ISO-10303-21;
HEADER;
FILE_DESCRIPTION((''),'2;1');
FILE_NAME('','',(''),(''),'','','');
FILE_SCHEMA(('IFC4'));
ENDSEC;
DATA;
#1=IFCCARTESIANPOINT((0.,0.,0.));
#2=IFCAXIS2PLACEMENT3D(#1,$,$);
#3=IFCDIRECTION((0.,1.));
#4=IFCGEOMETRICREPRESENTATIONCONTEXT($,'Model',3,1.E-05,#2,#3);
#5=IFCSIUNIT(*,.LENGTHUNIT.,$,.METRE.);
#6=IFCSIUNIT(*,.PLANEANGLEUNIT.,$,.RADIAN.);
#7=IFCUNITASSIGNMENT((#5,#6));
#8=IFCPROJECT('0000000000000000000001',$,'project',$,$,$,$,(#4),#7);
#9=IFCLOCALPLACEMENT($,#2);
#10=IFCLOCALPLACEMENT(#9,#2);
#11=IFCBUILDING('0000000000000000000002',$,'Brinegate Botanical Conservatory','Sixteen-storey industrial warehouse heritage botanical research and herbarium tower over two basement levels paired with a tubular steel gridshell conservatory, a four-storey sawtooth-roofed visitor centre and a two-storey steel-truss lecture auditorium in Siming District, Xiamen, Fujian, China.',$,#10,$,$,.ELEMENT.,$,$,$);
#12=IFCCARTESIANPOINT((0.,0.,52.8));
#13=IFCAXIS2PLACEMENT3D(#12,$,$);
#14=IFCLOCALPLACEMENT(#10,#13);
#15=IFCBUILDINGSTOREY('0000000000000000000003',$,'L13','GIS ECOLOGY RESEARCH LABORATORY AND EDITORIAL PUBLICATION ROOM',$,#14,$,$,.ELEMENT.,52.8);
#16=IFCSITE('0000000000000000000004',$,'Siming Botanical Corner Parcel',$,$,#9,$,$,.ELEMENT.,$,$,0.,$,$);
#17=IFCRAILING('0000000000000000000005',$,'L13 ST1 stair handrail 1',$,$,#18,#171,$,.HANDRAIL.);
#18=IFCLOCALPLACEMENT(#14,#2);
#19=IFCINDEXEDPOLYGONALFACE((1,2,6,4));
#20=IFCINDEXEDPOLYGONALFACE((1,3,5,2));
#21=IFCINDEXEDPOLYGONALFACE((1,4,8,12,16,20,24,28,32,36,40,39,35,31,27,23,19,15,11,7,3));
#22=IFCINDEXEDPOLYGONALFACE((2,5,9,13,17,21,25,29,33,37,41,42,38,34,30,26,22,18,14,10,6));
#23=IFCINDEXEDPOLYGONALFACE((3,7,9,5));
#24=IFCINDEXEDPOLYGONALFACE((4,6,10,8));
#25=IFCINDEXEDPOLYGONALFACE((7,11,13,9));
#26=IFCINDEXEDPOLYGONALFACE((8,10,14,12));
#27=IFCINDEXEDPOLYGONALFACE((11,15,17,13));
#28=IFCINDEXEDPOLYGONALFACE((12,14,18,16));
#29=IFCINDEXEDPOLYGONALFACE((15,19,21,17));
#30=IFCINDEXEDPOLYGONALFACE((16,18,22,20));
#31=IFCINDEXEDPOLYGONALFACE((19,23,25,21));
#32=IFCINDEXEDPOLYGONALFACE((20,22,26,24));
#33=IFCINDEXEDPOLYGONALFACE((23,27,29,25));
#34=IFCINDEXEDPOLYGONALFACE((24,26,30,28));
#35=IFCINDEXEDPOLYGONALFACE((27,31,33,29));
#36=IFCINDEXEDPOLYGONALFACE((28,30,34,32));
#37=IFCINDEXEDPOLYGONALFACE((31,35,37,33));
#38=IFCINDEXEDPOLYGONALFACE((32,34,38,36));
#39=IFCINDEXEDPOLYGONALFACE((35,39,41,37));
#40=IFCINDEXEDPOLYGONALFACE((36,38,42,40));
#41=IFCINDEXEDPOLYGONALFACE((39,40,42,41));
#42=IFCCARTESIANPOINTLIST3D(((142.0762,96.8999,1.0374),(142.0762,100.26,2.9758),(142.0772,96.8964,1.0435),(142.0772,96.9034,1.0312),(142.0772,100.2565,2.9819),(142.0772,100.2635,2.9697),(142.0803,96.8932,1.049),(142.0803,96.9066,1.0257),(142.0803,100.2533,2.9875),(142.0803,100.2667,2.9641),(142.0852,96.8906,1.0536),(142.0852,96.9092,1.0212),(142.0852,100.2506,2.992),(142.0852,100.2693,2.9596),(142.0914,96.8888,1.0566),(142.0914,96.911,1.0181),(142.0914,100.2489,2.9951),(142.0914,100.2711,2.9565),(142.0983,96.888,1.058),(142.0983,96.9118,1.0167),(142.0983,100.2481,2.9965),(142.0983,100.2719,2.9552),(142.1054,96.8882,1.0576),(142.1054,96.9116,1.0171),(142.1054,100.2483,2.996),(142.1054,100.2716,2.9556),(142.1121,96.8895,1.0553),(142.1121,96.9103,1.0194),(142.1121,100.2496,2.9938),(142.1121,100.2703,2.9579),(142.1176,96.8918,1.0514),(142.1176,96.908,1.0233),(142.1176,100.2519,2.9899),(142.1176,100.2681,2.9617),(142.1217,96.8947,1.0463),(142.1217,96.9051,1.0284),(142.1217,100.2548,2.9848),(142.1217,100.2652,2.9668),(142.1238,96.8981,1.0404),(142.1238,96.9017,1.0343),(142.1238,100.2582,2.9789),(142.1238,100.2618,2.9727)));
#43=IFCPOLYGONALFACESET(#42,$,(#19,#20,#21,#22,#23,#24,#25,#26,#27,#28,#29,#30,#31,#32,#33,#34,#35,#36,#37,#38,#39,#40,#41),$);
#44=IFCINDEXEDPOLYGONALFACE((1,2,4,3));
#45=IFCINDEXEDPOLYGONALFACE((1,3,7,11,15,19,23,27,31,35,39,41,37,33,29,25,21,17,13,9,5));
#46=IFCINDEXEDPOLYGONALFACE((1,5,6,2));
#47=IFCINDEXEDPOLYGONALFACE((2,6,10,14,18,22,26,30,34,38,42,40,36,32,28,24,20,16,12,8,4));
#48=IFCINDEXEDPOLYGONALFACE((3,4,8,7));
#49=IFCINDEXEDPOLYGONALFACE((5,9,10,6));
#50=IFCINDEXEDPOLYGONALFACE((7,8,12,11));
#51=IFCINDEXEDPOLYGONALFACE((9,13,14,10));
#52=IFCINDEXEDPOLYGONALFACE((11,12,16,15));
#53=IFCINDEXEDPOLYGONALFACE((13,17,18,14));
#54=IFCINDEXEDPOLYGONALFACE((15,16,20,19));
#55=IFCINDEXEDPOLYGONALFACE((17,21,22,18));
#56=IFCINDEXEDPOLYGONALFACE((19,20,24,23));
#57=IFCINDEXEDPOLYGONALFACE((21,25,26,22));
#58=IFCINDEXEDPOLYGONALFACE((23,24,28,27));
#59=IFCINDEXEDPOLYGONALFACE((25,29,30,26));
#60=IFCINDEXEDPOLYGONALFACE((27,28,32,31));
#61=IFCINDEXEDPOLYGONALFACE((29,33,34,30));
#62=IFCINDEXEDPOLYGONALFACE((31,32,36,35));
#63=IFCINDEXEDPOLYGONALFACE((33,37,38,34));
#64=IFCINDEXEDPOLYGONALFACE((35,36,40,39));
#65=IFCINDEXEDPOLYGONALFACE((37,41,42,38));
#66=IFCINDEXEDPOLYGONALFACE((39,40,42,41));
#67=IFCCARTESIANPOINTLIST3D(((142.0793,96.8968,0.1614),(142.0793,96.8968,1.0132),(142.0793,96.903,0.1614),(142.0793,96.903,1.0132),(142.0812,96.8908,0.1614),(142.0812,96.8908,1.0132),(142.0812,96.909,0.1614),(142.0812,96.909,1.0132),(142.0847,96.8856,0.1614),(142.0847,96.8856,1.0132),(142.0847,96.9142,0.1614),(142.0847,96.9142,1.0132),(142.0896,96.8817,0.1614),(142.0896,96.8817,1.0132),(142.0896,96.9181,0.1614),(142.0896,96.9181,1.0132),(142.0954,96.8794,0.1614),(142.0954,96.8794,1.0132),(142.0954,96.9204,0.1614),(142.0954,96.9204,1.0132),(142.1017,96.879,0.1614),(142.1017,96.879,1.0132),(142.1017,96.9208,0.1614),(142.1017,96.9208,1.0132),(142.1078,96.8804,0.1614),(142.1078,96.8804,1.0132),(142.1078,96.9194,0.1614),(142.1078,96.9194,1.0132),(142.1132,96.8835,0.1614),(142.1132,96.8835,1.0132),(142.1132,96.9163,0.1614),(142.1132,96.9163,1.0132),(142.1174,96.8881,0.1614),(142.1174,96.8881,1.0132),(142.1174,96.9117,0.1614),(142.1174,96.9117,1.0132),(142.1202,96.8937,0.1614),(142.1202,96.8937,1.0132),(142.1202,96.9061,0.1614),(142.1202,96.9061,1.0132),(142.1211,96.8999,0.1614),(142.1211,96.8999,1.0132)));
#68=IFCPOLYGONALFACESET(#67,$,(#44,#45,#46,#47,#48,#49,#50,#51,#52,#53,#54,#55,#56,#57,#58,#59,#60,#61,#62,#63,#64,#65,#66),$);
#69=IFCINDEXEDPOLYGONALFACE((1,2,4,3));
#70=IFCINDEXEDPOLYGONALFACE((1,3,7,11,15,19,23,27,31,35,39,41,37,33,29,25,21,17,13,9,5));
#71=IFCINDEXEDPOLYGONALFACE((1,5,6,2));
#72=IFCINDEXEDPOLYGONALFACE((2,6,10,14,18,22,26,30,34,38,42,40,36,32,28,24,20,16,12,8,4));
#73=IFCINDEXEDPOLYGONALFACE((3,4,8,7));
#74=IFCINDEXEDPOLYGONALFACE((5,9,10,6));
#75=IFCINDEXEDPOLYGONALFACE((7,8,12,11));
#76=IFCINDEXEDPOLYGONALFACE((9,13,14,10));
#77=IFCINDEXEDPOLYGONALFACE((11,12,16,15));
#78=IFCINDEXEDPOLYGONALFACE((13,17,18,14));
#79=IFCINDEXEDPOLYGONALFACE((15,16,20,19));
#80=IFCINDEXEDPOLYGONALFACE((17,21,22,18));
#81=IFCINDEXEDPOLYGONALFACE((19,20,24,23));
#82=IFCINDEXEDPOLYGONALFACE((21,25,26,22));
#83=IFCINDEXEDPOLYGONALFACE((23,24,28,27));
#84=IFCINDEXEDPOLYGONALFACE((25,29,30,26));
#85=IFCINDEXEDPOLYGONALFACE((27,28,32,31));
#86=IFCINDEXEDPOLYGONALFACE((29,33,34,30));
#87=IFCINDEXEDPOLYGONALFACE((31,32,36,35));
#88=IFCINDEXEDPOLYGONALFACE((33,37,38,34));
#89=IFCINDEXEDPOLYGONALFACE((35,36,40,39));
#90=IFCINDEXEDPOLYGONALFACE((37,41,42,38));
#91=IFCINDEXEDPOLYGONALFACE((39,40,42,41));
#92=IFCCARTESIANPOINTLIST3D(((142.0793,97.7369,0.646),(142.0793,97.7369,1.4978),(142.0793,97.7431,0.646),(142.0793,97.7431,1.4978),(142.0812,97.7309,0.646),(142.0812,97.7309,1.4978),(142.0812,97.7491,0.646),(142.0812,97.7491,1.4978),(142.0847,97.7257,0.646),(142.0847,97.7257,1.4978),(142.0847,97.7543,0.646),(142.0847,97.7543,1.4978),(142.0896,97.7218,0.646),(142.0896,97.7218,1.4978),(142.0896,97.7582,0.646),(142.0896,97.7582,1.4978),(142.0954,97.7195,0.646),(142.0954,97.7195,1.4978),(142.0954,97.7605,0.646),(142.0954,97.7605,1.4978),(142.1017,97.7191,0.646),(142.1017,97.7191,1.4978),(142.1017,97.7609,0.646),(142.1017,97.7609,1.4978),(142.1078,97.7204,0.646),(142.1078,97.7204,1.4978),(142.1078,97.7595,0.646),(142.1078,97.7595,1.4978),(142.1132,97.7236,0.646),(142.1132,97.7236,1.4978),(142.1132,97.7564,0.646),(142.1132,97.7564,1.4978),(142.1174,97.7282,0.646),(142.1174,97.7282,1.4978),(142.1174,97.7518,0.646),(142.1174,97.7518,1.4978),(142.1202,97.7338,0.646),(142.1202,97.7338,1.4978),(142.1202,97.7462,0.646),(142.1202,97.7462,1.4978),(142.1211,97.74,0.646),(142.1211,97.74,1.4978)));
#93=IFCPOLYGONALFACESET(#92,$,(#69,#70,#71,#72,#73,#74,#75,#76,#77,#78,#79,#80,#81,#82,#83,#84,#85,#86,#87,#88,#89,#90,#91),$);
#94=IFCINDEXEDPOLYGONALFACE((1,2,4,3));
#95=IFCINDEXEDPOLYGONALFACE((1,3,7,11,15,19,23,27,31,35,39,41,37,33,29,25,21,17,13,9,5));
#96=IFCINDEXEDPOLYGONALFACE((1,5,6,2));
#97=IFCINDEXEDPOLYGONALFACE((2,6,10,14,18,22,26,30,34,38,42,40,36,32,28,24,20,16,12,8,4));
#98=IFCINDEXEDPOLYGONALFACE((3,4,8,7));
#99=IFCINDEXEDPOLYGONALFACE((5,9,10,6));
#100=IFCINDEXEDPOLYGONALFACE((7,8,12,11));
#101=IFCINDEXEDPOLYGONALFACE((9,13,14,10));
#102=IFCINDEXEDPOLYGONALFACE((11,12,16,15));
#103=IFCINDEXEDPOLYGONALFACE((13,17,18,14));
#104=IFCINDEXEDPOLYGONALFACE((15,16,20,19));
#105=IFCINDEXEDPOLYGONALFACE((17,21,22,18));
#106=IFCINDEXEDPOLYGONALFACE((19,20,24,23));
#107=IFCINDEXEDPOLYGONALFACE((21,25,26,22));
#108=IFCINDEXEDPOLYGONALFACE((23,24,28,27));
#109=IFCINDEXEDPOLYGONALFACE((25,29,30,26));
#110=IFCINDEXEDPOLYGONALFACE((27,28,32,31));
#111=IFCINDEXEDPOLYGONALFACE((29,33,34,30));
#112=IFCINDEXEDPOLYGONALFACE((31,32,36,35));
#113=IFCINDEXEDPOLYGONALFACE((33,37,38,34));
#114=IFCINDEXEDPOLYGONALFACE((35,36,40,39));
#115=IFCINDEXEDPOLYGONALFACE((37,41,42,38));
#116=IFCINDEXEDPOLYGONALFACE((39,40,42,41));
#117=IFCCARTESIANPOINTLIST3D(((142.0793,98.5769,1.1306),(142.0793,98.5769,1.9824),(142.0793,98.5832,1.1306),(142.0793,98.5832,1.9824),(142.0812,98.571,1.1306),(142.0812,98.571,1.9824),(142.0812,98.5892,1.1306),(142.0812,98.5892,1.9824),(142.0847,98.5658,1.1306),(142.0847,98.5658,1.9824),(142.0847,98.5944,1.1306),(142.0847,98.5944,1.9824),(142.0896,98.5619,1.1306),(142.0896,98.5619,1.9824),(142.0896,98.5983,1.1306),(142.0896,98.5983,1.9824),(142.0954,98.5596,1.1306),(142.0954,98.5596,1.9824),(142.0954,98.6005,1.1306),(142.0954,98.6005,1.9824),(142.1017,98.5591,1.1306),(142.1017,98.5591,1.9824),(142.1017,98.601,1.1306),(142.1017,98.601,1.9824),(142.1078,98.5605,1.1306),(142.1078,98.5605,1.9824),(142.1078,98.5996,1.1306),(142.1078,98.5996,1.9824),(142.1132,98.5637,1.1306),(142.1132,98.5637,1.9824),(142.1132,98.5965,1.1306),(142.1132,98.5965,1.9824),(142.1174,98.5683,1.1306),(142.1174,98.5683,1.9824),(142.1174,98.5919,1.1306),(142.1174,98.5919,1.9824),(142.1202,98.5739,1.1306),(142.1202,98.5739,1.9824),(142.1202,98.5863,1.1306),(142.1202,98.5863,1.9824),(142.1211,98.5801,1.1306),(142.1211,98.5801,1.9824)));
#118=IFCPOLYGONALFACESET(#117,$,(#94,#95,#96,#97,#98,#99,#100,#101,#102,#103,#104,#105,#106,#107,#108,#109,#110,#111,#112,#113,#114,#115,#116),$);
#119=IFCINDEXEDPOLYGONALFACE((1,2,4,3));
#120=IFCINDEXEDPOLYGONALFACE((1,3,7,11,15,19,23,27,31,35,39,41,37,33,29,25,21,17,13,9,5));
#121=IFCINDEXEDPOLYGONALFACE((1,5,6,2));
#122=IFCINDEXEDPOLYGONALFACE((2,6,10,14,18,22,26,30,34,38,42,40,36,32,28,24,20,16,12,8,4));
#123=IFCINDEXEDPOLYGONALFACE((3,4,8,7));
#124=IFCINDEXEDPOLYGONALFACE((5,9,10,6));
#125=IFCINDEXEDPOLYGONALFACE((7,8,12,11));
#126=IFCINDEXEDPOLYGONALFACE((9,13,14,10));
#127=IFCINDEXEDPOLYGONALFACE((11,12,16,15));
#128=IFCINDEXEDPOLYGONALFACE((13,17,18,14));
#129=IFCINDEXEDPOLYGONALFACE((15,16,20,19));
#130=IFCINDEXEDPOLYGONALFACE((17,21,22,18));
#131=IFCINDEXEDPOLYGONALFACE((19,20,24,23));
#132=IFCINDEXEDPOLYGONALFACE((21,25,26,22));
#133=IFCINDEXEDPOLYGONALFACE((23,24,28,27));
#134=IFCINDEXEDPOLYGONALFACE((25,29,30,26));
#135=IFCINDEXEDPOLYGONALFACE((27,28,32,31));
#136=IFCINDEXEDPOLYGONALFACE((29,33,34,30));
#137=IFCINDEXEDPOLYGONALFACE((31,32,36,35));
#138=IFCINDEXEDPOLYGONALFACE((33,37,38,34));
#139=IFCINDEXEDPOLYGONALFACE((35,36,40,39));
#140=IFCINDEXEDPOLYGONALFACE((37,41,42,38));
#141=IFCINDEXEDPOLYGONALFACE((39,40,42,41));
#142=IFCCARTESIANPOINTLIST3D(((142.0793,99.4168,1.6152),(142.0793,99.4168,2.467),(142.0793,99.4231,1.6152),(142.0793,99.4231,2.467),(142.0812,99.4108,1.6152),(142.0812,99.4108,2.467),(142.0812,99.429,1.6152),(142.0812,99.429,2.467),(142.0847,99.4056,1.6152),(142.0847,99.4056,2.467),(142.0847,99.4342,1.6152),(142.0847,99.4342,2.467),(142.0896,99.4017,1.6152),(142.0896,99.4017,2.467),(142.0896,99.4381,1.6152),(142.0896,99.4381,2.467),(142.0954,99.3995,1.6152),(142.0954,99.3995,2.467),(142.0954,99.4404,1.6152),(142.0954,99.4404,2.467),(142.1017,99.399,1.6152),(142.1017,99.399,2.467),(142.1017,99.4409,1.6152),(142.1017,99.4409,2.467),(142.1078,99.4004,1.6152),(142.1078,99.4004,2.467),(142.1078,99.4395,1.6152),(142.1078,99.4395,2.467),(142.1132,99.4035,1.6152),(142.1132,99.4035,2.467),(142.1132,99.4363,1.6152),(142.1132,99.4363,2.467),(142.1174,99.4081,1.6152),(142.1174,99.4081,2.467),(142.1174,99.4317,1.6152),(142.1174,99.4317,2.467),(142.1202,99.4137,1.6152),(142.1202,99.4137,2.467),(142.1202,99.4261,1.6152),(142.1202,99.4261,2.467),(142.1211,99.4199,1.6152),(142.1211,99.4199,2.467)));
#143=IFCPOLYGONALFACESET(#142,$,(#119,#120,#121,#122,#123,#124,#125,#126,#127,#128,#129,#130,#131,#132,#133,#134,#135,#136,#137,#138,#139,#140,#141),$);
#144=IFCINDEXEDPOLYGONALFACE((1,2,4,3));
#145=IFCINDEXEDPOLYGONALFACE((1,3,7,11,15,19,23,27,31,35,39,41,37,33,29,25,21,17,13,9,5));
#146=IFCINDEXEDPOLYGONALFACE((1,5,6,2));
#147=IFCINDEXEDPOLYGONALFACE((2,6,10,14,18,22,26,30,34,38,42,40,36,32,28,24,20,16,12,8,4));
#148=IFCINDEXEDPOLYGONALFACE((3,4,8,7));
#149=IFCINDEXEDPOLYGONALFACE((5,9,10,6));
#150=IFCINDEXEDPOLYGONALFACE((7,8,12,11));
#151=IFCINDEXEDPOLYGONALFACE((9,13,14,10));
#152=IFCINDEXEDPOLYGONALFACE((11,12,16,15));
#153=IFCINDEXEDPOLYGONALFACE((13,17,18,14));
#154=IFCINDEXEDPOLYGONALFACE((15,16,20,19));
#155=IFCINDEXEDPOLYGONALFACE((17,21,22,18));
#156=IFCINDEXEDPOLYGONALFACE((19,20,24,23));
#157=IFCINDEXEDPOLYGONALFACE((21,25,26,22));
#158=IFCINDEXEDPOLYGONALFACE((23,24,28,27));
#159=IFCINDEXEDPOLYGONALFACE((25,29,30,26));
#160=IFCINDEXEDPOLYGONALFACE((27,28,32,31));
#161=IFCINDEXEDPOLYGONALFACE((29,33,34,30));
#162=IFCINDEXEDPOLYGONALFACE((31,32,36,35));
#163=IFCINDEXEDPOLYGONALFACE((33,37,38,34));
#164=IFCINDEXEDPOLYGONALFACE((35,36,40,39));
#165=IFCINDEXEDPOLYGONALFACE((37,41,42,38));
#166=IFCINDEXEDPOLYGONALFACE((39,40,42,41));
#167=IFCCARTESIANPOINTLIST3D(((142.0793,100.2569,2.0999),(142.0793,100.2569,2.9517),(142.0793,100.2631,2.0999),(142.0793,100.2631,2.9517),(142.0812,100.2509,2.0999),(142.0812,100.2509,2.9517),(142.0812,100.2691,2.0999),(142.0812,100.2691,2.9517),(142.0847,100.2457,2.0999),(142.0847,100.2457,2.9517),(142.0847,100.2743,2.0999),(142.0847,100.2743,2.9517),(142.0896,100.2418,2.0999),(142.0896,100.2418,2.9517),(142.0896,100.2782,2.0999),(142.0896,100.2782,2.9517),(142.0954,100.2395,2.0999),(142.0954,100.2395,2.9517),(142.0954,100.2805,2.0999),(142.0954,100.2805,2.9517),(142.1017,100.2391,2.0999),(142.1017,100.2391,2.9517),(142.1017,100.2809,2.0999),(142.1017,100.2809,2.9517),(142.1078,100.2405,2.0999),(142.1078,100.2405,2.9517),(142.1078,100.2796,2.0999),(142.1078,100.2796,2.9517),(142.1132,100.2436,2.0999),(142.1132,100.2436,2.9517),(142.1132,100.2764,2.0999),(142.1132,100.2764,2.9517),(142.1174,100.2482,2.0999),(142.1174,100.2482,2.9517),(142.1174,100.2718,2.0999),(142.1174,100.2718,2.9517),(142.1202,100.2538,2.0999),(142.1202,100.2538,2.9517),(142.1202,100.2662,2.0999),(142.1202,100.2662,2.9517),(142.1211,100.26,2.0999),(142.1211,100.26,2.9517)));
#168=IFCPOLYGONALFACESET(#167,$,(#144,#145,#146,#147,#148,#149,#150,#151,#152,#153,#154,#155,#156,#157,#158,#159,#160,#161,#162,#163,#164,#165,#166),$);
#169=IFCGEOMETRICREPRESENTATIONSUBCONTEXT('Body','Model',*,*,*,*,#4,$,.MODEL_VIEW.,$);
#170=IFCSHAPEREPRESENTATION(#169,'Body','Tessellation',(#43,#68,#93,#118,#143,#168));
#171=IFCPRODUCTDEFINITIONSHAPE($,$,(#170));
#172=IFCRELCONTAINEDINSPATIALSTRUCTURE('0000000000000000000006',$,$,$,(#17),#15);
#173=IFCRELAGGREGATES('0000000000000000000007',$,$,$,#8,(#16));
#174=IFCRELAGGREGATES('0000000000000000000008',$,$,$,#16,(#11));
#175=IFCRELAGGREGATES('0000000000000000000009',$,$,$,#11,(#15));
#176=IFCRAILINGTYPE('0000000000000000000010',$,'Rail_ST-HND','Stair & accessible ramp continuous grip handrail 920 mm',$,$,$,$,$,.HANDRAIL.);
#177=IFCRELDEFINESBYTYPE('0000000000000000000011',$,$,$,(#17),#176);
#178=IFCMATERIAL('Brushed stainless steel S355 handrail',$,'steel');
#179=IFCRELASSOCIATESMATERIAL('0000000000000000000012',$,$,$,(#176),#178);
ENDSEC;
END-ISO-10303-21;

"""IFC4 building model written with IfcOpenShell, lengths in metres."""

from ifc_helpers import new_model, si_unit, direction, frame, origin, origin_2d, place, context, subcontext, project, spatial, circle, extrude, material, type_object, element, save


model = new_model("IFC4")

# Units and contexts
model_context = context("Model", 3, precision=1e-05, world=origin(), true_north=direction((0.0, 1.0)))
body_context = subcontext(model_context, "Body", "Model", "MODEL_VIEW")
ifc_project = project(units=[si_unit("LENGTHUNIT", "METRE"), si_unit("PLANEANGLEUNIT", "RADIAN")], contexts=[model_context])

# Site, building, storey
site_placement = place(None, origin())
site = spatial("IfcSite", under=ifc_project, at=site_placement, Name="Siming Botanical Corner Parcel", CompositionType="ELEMENT", RefElevation=0.0)
building_placement = place(site_placement, origin())
building = spatial("IfcBuilding", under=site, at=building_placement, Name="Brinegate Botanical Conservatory", Description="Sixteen-storey industrial warehouse heritage botanical research and herbarium tower over two basement levels paired with a tubular steel gridshell conservatory, a four-storey sawtooth-roofed visitor centre and a two-storey steel-truss lecture auditorium in Siming District, Xiamen, Fujian, China.", CompositionType="ELEMENT")
storey_placement = place(building_placement, frame((0.0, 0.0, 52.8)))
storey = spatial("IfcBuildingStorey", under=building, at=storey_placement, Name="L13", Description="GIS ECOLOGY RESEARCH LABORATORY AND EDITORIAL PUBLICATION ROOM", CompositionType="ELEMENT", Elevation=52.8)

# Railing
ifc_material_1 = material(Name="Brushed stainless steel S355 handrail", Category="steel")
railing_type_1 = type_object("IfcRailingType", Name="Rail_ST-HND", Description="Stair & accessible ramp continuous grip handrail 920 mm", PredefinedType="HANDRAIL", material=ifc_material_1)
railing_1_placement = place(storey_placement, frame((142.1001, 96.8999, 0.1614)))
element("IfcRailing", 1, at=railing_1_placement, inside=storey, type_object=railing_type_1, Name="L13 ST1 stair handrail 1", PredefinedType="HANDRAIL", context=body_context, shape_type="SweptSolid", body=[
    extrude(circle(Radius=0.0239, at=origin_2d()), frame((0.0, 0.0, 0.876), z_axis=(0.0, 0.866191, 0.499713), x_axis=(-1.0, 0.0, 0.0)), (0.0, 0.0, 1.0), 3.8792),
    extrude(circle(Radius=0.021, at=origin_2d()), origin(), (0.0, 0.0, 1.0), 0.8518),
    extrude(circle(Radius=0.021, at=origin_2d()), frame((0.0, 0.8401, 0.4846)), (0.0, 0.0, 1.0), 0.8518),
    extrude(circle(Radius=0.021, at=origin_2d()), frame((0.0, 1.6802, 0.9692)), (0.0, 0.0, 1.0), 0.8518),
    extrude(circle(Radius=0.021, at=origin_2d()), frame((0.0, 2.52, 1.4539)), (0.0, 0.0, 1.0), 0.8518),
    extrude(circle(Radius=0.021, at=origin_2d()), frame((0.0, 3.3601, 1.9385)), (0.0, 0.0, 1.0), 0.8518),
])

save(model, "model.ifc")
